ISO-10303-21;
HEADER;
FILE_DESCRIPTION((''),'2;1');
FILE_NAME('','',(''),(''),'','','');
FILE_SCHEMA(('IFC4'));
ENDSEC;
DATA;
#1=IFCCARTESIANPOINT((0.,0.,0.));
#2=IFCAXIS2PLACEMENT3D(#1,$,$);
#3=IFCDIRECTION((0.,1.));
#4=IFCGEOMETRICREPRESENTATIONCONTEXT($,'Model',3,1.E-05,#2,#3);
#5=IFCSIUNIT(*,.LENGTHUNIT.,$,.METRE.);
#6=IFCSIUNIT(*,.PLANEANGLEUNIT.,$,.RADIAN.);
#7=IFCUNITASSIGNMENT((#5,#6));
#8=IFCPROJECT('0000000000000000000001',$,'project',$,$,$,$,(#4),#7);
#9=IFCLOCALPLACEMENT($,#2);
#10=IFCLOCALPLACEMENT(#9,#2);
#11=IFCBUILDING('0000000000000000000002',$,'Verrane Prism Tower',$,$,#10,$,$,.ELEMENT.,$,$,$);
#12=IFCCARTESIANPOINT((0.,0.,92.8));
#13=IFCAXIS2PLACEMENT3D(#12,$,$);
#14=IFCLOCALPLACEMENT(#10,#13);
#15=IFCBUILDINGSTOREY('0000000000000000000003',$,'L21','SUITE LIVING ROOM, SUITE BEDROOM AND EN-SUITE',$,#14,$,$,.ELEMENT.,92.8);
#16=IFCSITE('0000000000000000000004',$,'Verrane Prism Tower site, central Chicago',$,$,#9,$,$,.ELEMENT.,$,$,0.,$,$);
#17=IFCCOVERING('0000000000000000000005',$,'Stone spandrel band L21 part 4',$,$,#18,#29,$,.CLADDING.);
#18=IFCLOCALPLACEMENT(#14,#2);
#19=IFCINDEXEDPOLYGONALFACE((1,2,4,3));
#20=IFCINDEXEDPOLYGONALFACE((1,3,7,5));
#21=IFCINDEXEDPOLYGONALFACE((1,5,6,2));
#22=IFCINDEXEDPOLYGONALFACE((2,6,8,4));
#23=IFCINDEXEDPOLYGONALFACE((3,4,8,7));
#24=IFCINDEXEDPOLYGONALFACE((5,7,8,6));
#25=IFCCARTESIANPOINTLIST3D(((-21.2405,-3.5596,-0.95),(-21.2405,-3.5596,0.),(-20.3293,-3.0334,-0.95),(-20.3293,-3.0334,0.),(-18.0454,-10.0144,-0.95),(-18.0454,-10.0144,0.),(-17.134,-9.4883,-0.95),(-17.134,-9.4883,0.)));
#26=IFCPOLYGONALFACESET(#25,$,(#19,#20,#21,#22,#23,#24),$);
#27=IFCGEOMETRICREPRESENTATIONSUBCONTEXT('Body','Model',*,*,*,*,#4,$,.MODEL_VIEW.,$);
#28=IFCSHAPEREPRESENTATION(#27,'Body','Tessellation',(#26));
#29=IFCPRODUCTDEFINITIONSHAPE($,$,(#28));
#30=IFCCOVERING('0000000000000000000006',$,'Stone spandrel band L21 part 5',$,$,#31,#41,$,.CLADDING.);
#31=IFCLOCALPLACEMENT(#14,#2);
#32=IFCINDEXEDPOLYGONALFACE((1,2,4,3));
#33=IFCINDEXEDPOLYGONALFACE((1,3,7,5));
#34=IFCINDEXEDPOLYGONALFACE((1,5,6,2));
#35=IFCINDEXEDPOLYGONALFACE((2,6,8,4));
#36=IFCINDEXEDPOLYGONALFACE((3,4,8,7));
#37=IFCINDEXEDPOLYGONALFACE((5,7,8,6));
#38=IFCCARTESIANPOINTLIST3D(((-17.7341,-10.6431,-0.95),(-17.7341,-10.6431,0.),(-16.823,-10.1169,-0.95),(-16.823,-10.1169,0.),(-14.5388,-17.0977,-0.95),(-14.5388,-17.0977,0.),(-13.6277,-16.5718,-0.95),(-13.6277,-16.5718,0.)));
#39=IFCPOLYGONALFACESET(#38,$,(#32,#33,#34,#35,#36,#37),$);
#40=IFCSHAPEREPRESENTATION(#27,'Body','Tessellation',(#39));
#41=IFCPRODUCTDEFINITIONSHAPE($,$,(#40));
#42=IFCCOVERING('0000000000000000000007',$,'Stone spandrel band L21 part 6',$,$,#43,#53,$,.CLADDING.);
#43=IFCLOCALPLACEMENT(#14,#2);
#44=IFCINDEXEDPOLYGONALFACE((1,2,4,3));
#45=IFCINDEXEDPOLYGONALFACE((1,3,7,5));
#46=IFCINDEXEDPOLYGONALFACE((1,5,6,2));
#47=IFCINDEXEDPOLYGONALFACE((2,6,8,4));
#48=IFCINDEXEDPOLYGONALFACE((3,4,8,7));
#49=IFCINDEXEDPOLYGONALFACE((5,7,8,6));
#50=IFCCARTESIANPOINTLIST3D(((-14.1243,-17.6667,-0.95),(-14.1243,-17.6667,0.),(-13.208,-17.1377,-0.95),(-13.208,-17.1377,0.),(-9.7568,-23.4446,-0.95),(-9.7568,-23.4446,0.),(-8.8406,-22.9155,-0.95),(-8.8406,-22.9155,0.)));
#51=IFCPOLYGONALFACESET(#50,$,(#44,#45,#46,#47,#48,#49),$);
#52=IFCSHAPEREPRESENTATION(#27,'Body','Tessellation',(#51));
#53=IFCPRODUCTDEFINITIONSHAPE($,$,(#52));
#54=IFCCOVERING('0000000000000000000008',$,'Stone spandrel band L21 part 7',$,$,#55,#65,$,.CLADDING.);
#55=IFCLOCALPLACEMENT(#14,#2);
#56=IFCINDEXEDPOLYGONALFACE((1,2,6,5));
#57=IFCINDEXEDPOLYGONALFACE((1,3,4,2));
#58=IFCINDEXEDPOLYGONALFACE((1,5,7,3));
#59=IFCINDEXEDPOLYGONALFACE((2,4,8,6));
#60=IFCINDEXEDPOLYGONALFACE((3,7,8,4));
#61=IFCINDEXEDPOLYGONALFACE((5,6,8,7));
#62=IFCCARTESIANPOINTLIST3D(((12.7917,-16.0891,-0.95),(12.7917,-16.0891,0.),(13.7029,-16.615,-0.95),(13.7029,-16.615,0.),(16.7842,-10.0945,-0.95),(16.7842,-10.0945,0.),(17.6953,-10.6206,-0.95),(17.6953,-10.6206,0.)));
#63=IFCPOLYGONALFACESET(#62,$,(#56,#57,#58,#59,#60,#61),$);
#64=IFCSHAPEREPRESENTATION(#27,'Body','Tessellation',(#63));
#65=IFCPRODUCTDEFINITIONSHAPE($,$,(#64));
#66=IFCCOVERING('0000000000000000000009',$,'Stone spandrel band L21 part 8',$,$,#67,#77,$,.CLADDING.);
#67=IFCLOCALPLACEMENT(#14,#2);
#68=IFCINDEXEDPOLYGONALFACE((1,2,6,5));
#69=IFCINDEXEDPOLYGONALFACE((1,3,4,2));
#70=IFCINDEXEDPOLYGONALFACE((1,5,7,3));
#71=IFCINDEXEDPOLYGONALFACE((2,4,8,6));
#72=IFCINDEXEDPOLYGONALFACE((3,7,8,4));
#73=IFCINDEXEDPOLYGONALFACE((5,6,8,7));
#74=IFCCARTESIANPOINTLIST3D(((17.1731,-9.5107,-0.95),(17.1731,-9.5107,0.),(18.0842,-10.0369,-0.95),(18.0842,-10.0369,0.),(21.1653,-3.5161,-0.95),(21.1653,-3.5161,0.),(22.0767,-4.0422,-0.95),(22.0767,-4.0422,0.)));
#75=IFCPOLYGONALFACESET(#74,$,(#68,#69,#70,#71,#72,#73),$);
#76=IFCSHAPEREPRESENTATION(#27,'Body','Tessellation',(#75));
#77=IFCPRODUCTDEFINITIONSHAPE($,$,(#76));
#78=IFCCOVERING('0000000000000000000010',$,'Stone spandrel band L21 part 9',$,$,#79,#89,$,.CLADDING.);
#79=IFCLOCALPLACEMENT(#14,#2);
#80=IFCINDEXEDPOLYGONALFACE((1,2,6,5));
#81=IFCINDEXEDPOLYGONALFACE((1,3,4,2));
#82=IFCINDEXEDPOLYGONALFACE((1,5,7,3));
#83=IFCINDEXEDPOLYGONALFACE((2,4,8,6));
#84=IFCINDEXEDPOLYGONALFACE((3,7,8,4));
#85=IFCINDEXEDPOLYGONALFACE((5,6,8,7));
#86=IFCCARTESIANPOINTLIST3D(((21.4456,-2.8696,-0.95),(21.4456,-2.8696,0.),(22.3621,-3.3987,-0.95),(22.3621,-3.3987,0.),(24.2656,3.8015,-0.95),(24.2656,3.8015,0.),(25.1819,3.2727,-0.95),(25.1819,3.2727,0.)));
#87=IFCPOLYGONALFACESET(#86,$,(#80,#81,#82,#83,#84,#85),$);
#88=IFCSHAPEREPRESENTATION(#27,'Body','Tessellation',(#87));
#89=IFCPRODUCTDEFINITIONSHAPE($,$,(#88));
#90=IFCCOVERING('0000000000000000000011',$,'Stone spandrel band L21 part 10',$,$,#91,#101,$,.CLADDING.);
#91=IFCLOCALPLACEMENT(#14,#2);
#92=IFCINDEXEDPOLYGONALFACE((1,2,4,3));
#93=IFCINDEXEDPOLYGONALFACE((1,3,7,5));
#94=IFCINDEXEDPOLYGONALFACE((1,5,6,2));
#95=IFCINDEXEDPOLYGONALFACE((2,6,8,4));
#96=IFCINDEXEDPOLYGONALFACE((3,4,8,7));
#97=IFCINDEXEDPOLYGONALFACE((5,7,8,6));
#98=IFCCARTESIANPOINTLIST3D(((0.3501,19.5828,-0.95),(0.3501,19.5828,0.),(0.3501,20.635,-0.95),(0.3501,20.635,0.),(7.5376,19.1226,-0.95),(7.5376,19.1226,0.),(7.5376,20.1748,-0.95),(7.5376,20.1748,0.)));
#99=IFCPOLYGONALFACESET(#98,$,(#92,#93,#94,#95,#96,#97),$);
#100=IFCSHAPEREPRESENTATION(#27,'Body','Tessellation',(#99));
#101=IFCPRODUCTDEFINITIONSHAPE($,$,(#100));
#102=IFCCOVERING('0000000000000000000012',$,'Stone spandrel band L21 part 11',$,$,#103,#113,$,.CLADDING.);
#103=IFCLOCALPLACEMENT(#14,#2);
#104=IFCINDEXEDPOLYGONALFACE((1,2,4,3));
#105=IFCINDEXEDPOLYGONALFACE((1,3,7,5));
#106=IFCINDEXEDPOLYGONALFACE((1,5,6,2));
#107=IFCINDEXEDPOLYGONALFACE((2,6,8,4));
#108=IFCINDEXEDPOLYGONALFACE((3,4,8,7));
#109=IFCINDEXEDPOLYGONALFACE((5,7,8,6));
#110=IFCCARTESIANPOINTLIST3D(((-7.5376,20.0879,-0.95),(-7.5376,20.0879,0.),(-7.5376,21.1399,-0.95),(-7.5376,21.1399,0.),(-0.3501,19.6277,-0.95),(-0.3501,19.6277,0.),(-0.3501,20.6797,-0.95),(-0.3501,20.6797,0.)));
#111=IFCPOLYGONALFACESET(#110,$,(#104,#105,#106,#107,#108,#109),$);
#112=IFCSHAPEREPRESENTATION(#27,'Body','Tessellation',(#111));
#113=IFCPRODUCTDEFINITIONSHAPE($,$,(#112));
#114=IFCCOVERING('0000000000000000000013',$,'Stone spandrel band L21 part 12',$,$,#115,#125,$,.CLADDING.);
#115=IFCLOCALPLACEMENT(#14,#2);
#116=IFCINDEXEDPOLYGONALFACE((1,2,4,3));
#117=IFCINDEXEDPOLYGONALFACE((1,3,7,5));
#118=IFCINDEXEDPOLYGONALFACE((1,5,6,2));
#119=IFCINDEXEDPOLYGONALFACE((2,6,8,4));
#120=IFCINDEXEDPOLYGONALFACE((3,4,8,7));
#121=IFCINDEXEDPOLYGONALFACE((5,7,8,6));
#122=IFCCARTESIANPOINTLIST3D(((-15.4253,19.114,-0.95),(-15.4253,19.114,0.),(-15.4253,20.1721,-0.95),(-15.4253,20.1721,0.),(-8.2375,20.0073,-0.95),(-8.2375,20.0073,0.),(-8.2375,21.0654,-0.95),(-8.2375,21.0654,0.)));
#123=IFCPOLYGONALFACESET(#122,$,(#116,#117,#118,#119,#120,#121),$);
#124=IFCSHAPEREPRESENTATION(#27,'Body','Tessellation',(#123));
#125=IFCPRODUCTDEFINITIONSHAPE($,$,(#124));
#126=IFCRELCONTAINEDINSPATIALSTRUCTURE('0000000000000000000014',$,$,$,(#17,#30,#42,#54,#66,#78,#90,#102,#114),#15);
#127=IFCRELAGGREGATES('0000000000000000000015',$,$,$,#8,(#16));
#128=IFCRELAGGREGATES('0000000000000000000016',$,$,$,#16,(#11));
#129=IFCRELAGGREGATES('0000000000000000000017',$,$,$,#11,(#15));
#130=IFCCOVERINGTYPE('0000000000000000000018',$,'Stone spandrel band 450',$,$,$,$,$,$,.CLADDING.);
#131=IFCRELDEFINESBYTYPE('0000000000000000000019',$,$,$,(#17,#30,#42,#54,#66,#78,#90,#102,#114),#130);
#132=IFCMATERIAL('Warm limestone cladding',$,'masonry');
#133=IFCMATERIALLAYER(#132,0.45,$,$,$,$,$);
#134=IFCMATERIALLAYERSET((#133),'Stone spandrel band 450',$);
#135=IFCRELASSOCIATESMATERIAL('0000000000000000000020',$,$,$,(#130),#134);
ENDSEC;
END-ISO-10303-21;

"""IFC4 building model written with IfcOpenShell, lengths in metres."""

from ifc_helpers import new_model, si_unit, direction, frame, origin, place, context, subcontext, project, spatial, polyline, outline, extrude, material, layer, layer_set, type_object, element, save


model = new_model("IFC4")

# Units and contexts
model_context = context("Model", 3, precision=1e-05, world=origin(), true_north=direction((0.0, 1.0)))
body_context = subcontext(model_context, "Body", "Model", "MODEL_VIEW")
ifc_project = project(units=[si_unit("LENGTHUNIT", "METRE"), si_unit("PLANEANGLEUNIT", "RADIAN")], contexts=[model_context])

# Site, building, storey
site_placement = place(None, origin())
site = spatial("IfcSite", under=ifc_project, at=site_placement, Name="Verrane Prism Tower site, central Chicago", CompositionType="ELEMENT", RefElevation=0.0)
building_placement = place(site_placement, origin())
building = spatial("IfcBuilding", under=site, at=building_placement, Name="Verrane Prism Tower", CompositionType="ELEMENT")
storey_placement = place(building_placement, frame((0.0, 0.0, 92.8)))
storey = spatial("IfcBuildingStorey", under=building, at=storey_placement, Name="L21", Description="SUITE LIVING ROOM, SUITE BEDROOM AND EN-SUITE", CompositionType="ELEMENT", Elevation=92.8)

# Coverings
ifc_material_1 = material(Name="Warm limestone cladding", Category="masonry")
ifc_layer_1 = layer(ifc_material_1, 0.45)
ifc_layer_set_1 = layer_set([ifc_layer_1], Name="Stone spandrel band 450")
covering_type_1 = type_object("IfcCoveringType", Name="Stone spandrel band 450", PredefinedType="CLADDING", material=ifc_layer_set_1)
covering_1_placement = place(storey_placement, frame((0.0, 0.0, -0.95)))
element("IfcCovering", 1, at=covering_1_placement, inside=storey, type_object=covering_type_1, Name="Stone spandrel band L21 part 4", PredefinedType="CLADDING", context=body_context, shape_type="SweptSolid", body=[
    extrude(outline(polyline([(-17.134, -9.4883), (-20.3293, -3.0334), (-21.2405, -3.5596), (-18.0454, -10.0144), (-17.134, -9.4883)])), origin(), (0.0, 0.0, 1.0), 0.95),
])
covering_2_placement = place(storey_placement, frame((0.0, 0.0, -0.95)))
element("IfcCovering", 2, at=covering_2_placement, inside=storey, type_object=covering_type_1, Name="Stone spandrel band L21 part 5", PredefinedType="CLADDING", context=body_context, shape_type="SweptSolid", body=[
    extrude(outline(polyline([(-13.6277, -16.5718), (-16.823, -10.1169), (-17.7341, -10.6431), (-14.5388, -17.0977), (-13.6277, -16.5718)])), origin(), (0.0, 0.0, 1.0), 0.95),
])
covering_3_placement = place(storey_placement, frame((0.0, 0.0, -0.95)))
element("IfcCovering", 3, at=covering_3_placement, inside=storey, type_object=covering_type_1, Name="Stone spandrel band L21 part 6", PredefinedType="CLADDING", context=body_context, shape_type="SweptSolid", body=[
    extrude(outline(polyline([(-9.7568, -23.4446), (-8.8406, -22.9155), (-13.208, -17.1377), (-14.1243, -17.6667), (-9.7568, -23.4446)])), origin(), (0.0, 0.0, 1.0), 0.95),
])
covering_4_placement = place(storey_placement, frame((0.0, 0.0, -0.95)))
element("IfcCovering", 4, at=covering_4_placement, inside=storey, type_object=covering_type_1, Name="Stone spandrel band L21 part 7", PredefinedType="CLADDING", context=body_context, shape_type="SweptSolid", body=[
    extrude(outline(polyline([(17.6953, -10.6206), (16.7842, -10.0945), (12.7917, -16.0891), (13.7029, -16.615), (17.6953, -10.6206)])), origin(), (0.0, 0.0, 1.0), 0.95),
])
covering_5_placement = place(storey_placement, frame((0.0, 0.0, -0.95)))
element("IfcCovering", 5, at=covering_5_placement, inside=storey, type_object=covering_type_1, Name="Stone spandrel band L21 part 8", PredefinedType="CLADDING", context=body_context, shape_type="SweptSolid", body=[
    extrude(outline(polyline([(21.1653, -3.5161), (17.1731, -9.5107), (18.0842, -10.0369), (22.0767, -4.0422), (21.1653, -3.5161)])), origin(), (0.0, 0.0, 1.0), 0.95),
])
covering_6_placement = place(storey_placement, frame((0.0, 0.0, -0.95)))
element("IfcCovering", 6, at=covering_6_placement, inside=storey, type_object=covering_type_1, Name="Stone spandrel band L21 part 9", PredefinedType="CLADDING", context=body_context, shape_type="SweptSolid", body=[
    extrude(outline(polyline([(24.2656, 3.8015), (21.4456, -2.8696), (22.3621, -3.3987), (25.1819, 3.2727), (24.2656, 3.8015)])), origin(), (0.0, 0.0, 1.0), 0.95),
])
covering_7_placement = place(storey_placement, frame((0.0, 0.0, -0.95)))
element("IfcCovering", 7, at=covering_7_placement, inside=storey, type_object=covering_type_1, Name="Stone spandrel band L21 part 10", PredefinedType="CLADDING", context=body_context, shape_type="SweptSolid", body=[
    extrude(outline(polyline([(0.3501, 19.5828), (7.5376, 19.1226), (7.5376, 20.1748), (0.3501, 20.635), (0.3501, 19.5828)])), origin(), (0.0, 0.0, 1.0), 0.95),
])
covering_8_placement = place(storey_placement, frame((0.0, 0.0, -0.95)))
element("IfcCovering", 8, at=covering_8_placement, inside=storey, type_object=covering_type_1, Name="Stone spandrel band L21 part 11", PredefinedType="CLADDING", context=body_context, shape_type="SweptSolid", body=[
    extrude(outline(polyline([(-7.5376, 21.1399), (-7.5376, 20.0879), (-0.3501, 19.6277), (-0.3501, 20.6797), (-7.5376, 21.1399)])), origin(), (0.0, 0.0, 1.0), 0.95),
])
covering_9_placement = place(storey_placement, frame((0.0, 0.0, -0.95)))
element("IfcCovering", 9, at=covering_9_placement, inside=storey, type_object=covering_type_1, Name="Stone spandrel band L21 part 12", PredefinedType="CLADDING", context=body_context, shape_type="SweptSolid", body=[
    extrude(outline(polyline([(-15.4253, 20.1721), (-15.4253, 19.114), (-8.2375, 20.0073), (-8.2375, 21.0654), (-15.4253, 20.1721)])), origin(), (0.0, 0.0, 1.0), 0.95),
])

save(model, "model.ifc")
